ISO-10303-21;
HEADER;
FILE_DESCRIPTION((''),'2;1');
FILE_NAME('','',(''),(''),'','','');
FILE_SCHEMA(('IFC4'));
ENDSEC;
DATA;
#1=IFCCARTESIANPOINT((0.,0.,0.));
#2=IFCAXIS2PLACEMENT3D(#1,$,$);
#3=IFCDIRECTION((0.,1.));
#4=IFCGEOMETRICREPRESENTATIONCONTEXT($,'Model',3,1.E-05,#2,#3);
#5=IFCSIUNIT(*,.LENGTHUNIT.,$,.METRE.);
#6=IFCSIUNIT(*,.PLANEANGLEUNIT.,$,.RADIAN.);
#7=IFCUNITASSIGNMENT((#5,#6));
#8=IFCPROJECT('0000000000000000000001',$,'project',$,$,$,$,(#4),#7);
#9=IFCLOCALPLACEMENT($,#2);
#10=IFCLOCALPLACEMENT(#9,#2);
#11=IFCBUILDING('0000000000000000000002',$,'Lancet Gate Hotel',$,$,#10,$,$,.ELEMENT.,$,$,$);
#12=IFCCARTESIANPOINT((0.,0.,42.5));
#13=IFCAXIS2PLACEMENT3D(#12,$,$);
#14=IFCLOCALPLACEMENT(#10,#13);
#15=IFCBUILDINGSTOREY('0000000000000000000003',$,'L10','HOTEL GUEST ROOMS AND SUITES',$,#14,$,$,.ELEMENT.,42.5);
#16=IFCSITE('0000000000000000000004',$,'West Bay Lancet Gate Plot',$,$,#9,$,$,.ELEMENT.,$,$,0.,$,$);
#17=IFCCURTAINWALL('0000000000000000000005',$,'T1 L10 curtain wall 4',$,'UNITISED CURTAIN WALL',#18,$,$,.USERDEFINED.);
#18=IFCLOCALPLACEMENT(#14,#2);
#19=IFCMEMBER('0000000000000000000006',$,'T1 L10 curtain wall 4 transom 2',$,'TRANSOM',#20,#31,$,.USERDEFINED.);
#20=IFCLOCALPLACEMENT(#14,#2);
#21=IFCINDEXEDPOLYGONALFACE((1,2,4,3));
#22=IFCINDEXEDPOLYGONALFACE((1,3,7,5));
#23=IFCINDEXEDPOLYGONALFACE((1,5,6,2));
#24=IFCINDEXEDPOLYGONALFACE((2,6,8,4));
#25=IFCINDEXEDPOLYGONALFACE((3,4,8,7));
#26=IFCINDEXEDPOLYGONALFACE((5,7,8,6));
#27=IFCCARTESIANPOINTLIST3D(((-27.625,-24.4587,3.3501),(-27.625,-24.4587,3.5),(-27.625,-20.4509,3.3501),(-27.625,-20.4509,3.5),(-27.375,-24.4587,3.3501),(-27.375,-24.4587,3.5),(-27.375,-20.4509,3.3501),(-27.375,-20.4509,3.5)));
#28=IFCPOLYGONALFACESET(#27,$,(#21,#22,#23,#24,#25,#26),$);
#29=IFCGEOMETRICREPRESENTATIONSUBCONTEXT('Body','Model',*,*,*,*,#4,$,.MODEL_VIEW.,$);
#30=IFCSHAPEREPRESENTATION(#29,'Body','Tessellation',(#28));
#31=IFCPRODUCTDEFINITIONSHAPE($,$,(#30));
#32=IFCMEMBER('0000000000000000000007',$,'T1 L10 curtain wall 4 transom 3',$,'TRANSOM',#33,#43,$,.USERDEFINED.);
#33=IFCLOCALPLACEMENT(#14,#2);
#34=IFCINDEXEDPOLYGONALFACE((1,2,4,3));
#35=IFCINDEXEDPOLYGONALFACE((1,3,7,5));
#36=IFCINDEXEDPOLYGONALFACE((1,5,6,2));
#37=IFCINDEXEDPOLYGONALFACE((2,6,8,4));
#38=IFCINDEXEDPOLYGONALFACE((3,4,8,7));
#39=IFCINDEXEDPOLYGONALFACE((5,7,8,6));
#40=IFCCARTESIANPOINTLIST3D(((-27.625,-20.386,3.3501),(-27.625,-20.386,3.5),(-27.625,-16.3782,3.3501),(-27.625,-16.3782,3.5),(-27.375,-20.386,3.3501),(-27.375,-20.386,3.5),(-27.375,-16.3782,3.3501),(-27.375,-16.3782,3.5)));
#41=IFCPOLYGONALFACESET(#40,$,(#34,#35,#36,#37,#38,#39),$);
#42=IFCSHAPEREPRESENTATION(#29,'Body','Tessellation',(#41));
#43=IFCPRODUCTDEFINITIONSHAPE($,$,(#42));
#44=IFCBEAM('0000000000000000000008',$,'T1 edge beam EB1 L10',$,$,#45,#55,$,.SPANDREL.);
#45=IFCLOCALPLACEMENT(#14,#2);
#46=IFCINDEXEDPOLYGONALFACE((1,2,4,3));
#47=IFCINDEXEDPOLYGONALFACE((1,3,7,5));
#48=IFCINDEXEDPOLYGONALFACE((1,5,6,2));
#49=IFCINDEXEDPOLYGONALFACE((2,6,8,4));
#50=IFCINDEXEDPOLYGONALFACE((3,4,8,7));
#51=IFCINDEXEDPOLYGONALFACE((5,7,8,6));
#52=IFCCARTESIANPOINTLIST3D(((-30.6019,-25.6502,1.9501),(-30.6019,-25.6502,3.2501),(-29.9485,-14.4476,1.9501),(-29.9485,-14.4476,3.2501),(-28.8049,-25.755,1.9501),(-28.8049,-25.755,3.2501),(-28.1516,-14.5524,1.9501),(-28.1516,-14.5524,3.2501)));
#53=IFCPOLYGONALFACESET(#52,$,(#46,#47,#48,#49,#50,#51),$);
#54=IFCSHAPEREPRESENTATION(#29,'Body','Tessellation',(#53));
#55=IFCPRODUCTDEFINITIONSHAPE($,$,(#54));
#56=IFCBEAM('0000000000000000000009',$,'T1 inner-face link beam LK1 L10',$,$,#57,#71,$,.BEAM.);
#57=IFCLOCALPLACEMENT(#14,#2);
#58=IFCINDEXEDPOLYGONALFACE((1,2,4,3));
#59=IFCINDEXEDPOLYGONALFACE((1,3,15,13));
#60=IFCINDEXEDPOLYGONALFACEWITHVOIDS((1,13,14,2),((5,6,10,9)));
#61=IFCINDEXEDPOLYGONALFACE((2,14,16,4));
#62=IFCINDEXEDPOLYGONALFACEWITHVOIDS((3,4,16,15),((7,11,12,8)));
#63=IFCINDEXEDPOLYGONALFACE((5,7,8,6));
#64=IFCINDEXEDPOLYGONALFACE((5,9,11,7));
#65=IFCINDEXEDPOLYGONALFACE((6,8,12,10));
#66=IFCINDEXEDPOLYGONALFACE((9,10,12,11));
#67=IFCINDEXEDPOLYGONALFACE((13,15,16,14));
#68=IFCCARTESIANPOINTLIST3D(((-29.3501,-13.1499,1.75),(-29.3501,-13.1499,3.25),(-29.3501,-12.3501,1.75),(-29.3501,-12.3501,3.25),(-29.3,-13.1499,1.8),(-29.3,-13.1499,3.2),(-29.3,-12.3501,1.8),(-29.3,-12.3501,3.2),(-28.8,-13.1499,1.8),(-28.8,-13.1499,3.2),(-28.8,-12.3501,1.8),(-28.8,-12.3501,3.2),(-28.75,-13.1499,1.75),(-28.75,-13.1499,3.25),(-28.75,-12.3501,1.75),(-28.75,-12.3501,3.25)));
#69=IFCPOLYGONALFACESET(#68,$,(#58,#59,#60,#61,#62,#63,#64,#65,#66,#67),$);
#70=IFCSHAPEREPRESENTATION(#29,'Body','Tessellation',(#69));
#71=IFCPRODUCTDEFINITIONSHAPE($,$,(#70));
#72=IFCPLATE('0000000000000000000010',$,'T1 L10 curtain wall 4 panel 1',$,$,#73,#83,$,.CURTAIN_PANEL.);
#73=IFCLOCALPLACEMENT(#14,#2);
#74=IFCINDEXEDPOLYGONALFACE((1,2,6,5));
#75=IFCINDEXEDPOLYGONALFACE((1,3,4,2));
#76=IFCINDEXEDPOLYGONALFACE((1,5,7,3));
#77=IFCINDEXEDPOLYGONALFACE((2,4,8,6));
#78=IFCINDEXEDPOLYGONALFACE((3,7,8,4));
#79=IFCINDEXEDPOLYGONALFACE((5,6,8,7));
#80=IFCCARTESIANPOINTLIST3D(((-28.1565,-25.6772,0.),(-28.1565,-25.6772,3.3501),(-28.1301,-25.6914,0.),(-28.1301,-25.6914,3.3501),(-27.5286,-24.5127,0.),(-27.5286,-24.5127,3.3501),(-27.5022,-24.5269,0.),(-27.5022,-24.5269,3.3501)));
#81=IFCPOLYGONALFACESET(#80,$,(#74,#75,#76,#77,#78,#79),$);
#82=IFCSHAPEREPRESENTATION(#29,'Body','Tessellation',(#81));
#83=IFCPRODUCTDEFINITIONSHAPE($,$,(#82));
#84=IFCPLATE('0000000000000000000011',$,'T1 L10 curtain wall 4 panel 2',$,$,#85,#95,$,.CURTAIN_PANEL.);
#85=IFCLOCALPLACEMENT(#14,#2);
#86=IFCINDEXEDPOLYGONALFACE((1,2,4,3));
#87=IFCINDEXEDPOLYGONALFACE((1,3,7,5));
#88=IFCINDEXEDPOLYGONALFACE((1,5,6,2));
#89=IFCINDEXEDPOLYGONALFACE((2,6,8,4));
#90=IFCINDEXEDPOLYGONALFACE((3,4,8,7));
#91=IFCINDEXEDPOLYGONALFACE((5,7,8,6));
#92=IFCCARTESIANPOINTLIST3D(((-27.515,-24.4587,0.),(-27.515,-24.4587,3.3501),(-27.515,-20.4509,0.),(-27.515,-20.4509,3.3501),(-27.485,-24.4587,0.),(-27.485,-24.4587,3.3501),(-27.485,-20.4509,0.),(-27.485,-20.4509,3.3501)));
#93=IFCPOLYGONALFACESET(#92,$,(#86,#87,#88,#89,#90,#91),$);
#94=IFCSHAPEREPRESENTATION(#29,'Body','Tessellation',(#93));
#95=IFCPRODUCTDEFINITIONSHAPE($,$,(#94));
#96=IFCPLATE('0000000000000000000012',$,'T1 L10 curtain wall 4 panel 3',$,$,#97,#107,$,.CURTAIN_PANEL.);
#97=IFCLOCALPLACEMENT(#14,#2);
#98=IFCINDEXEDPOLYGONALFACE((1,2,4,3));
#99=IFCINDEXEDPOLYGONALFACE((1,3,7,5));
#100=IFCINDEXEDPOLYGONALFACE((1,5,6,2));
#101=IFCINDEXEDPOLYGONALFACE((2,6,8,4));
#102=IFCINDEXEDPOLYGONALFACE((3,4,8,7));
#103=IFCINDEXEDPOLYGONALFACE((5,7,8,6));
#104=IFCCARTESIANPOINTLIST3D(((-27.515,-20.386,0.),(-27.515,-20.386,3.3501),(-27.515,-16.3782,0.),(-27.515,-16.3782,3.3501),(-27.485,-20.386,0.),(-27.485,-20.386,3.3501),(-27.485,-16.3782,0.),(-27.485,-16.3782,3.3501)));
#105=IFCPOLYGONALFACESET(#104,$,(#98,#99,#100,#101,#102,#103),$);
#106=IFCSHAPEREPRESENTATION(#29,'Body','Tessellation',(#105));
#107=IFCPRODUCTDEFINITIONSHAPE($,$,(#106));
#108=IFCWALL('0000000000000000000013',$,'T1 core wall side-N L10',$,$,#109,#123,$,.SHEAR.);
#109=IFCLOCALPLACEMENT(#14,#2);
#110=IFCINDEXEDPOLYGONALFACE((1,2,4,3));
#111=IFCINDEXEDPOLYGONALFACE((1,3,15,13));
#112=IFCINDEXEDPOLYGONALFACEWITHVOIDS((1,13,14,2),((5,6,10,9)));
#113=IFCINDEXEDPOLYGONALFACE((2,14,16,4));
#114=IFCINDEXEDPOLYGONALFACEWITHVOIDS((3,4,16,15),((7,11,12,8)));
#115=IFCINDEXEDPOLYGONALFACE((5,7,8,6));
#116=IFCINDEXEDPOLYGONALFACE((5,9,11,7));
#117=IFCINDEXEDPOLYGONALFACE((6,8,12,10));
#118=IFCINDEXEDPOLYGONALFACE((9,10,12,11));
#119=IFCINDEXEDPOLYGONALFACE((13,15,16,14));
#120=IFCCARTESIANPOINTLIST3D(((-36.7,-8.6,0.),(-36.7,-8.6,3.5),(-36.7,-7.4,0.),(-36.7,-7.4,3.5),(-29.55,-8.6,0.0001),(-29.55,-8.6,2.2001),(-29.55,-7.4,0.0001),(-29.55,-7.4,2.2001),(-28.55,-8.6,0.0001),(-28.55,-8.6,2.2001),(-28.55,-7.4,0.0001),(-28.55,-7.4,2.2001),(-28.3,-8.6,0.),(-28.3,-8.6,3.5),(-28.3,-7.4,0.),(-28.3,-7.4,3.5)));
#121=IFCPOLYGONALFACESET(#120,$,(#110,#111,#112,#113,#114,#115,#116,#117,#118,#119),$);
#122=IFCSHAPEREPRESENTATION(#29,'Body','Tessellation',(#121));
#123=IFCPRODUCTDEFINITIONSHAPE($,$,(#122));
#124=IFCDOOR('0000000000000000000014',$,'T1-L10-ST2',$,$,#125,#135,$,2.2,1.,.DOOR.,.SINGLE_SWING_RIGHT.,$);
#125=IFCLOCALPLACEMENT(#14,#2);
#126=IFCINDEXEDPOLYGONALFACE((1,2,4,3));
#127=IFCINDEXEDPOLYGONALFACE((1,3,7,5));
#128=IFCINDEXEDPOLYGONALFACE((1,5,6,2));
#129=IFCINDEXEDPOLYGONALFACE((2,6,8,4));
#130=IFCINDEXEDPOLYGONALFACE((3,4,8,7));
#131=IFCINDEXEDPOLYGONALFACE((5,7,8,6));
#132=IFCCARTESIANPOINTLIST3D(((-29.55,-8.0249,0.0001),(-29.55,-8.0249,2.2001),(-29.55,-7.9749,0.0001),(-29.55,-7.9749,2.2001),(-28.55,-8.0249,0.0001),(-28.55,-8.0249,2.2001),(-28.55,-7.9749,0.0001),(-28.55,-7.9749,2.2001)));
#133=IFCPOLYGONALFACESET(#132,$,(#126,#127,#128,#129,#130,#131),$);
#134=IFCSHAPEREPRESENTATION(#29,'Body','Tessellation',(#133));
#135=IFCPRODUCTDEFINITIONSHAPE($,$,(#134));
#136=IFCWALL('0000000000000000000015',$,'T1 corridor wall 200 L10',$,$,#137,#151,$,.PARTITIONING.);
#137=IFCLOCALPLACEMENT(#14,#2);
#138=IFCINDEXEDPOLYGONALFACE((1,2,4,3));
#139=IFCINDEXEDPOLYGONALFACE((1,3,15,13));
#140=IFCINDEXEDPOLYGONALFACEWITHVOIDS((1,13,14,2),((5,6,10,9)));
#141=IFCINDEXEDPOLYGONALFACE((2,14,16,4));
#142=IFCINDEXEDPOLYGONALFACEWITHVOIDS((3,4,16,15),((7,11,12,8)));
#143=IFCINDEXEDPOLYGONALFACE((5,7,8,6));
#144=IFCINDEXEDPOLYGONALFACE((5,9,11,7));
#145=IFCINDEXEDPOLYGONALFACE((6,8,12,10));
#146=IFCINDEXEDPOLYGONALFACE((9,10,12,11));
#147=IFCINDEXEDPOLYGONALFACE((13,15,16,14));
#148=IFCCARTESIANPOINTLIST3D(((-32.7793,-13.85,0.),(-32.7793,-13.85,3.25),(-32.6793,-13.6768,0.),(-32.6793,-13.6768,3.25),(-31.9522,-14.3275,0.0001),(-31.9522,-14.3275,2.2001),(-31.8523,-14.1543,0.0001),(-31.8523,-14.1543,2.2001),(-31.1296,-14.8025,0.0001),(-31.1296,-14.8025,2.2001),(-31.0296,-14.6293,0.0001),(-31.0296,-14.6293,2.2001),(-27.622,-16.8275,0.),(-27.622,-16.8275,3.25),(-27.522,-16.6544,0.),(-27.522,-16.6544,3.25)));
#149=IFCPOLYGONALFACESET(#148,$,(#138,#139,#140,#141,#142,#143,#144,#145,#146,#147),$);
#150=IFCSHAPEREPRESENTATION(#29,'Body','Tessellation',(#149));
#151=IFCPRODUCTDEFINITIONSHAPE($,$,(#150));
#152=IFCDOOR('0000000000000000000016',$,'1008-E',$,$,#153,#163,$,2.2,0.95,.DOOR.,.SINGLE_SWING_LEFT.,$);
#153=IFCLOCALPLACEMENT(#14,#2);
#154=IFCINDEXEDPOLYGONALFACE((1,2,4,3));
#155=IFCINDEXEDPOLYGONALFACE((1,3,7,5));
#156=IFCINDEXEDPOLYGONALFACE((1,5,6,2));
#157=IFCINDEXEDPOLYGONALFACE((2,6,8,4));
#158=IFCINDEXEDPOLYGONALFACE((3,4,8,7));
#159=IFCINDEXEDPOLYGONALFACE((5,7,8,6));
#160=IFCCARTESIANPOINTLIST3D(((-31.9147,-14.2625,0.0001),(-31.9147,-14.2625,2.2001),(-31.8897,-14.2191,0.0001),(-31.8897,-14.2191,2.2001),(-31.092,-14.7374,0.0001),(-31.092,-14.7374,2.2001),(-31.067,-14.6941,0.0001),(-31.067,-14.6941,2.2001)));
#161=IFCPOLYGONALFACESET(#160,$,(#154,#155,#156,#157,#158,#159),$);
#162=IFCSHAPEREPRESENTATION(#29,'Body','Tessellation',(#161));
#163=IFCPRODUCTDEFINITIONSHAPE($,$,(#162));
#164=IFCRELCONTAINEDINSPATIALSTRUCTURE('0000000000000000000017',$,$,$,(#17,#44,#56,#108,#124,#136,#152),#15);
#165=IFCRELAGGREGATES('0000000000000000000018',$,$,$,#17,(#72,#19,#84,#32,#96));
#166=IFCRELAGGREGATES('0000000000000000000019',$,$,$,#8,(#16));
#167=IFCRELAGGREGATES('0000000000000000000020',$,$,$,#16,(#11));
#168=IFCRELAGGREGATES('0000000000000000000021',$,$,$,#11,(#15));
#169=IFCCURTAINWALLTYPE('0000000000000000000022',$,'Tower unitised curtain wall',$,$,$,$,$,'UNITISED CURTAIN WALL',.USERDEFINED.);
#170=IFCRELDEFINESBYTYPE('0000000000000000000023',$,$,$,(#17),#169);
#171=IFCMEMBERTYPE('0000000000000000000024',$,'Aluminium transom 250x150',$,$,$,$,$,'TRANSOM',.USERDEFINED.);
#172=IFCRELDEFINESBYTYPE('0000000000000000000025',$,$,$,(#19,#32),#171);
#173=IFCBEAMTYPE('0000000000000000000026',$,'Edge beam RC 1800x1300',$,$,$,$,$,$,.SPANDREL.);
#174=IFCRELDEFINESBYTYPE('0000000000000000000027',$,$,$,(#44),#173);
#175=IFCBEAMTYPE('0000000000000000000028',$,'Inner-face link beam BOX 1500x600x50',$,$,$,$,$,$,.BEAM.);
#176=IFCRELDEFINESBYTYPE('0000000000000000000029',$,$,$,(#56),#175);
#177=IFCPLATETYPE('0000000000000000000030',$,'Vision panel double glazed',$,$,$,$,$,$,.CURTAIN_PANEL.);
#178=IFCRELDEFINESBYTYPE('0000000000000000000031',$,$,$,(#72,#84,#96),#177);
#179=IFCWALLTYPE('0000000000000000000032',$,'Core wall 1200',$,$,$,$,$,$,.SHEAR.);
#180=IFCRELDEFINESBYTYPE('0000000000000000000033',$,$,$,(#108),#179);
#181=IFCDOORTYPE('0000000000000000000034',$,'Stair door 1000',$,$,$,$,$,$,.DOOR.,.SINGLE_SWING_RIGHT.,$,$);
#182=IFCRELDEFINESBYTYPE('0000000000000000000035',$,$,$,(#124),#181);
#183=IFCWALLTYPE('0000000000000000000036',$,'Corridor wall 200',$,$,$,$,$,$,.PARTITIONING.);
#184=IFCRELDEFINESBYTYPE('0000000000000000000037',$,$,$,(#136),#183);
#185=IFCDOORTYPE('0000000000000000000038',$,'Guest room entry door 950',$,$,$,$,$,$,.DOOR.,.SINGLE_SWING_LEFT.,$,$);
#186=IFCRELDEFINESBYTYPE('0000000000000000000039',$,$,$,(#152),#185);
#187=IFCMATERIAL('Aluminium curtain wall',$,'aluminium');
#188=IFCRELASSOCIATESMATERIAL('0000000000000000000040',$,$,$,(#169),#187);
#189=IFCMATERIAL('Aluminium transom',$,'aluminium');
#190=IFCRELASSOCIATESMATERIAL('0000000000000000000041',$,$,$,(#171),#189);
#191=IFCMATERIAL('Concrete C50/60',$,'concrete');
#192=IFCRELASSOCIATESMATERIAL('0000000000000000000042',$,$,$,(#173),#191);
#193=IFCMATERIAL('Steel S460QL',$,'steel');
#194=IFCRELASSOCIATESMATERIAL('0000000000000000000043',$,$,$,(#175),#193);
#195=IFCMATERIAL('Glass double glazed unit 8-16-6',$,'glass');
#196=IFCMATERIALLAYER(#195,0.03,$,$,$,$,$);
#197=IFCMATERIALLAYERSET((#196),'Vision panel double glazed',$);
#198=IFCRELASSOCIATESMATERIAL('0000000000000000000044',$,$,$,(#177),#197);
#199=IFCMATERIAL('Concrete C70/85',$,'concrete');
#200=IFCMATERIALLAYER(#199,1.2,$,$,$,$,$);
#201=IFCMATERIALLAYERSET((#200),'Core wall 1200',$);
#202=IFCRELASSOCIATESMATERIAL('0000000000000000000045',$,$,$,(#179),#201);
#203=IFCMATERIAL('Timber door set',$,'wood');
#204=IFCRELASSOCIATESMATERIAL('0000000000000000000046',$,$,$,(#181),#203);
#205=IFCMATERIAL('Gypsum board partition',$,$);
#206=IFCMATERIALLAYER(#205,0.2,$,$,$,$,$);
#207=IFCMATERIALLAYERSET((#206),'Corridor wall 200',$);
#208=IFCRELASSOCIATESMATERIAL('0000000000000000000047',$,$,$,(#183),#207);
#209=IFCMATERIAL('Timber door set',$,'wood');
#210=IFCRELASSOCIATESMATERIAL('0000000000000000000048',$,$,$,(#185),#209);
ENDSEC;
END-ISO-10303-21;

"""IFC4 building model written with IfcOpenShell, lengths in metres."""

from ifc_helpers import new_model, si_unit, direction, frame, frame_2d, origin, origin_2d, place, context, subcontext, project, spatial, rectangle, hollow_rectangle, extrude, material, layer, layer_set, material_profile, profile_set, type_object, element, fill, aggregate, save


model = new_model("IFC4")

# Units and contexts
model_context = context("Model", 3, precision=1e-05, world=origin(), true_north=direction((0.0, 1.0)))
body_context = subcontext(model_context, "Body", "Model", "MODEL_VIEW")
ifc_project = project(units=[si_unit("LENGTHUNIT", "METRE"), si_unit("PLANEANGLEUNIT", "RADIAN")], contexts=[model_context])

# Site, building, storey
site_placement = place(None, origin())
site = spatial("IfcSite", under=ifc_project, at=site_placement, Name="West Bay Lancet Gate Plot", CompositionType="ELEMENT", RefElevation=0.0)
building_placement = place(site_placement, origin())
building = spatial("IfcBuilding", under=site, at=building_placement, Name="Lancet Gate Hotel", CompositionType="ELEMENT")
storey_placement = place(building_placement, frame((0.0, 0.0, 42.5)))
storey = spatial("IfcBuildingStorey", under=building, at=storey_placement, Name="L10", Description="HOTEL GUEST ROOMS AND SUITES", CompositionType="ELEMENT", Elevation=42.5)

# Curtain wall, members
ifc_material_1 = material(Name="Aluminium curtain wall", Category="aluminium")
curtain_wall_type = type_object("IfcCurtainWallType", Name="Tower unitised curtain wall", ElementType="UNITISED CURTAIN WALL", PredefinedType="USERDEFINED", material=ifc_material_1)
curtain_wall_placement = place(storey_placement, origin())
curtain_wall = element("IfcCurtainWall", 1, at=curtain_wall_placement, inside=storey, type_object=curtain_wall_type, Name="T1 L10 curtain wall 4", ObjectType="UNITISED CURTAIN WALL", PredefinedType="USERDEFINED")
ifc_material_2 = material(Name="Aluminium transom", Category="aluminium")
ifc_material_profile_1 = material_profile(ifc_material_2, rectangle(XDim=0.25, YDim=0.1499, at=origin_2d()), Name="TRANSOM 250x150")
ifc_profile_set_1 = profile_set([ifc_material_profile_1], Name="Aluminium transom")
member_type_1 = type_object("IfcMemberType", Name="Aluminium transom 250x150", ElementType="TRANSOM", PredefinedType="USERDEFINED", material=ifc_profile_set_1)
member_1_placement = place(storey_placement, frame((-27.5, -24.4587, 3.425), z_axis=(0.0, 1.0, 0.0), x_axis=(-1.0, 0.0, 0.0)))
member_1 = element("IfcMember", 2, at=member_1_placement, type_object=member_type_1, Name="T1 L10 curtain wall 4 transom 2", ObjectType="TRANSOM", PredefinedType="USERDEFINED", context=body_context, shape_type="SweptSolid", body=[
    extrude(rectangle(XDim=0.25, YDim=0.1499, at=origin_2d()), origin(), (0.0, 0.0, 1.0), 4.0078),
])
member_2_placement = place(storey_placement, frame((-27.5, -20.386, 3.425), z_axis=(0.0, 1.0, 0.0), x_axis=(-1.0, 0.0, 0.0)))
member_2 = element("IfcMember", 3, at=member_2_placement, type_object=member_type_1, Name="T1 L10 curtain wall 4 transom 3", ObjectType="TRANSOM", PredefinedType="USERDEFINED", context=body_context, shape_type="SweptSolid", body=[
    extrude(rectangle(XDim=0.25, YDim=0.1499, at=origin_2d()), origin(), (0.0, 0.0, 1.0), 4.0078),
])

# Beams
ifc_material_3 = material(Name="Concrete C50/60", Category="concrete")
ifc_material_profile_2 = material_profile(ifc_material_3, rectangle(XDim=1.8, YDim=1.3, at=origin_2d()), Name="RC 1800x1300")
ifc_profile_set_2 = profile_set([ifc_material_profile_2], Name="Concrete C50/60")
beam_type_1 = type_object("IfcBeamType", Name="Edge beam RC 1800x1300", PredefinedType="SPANDREL", material=ifc_profile_set_2)
beam_1_placement = place(storey_placement, frame((-29.05, -14.5, 2.6001), z_axis=(-0.05822, -0.998304, 0.0), x_axis=(0.998304, -0.05822, 0.0)))
element("IfcBeam", 4, at=beam_1_placement, inside=storey, type_object=beam_type_1, Name="T1 edge beam EB1 L10", PredefinedType="SPANDREL", context=body_context, shape_type="SweptSolid", body=[
    extrude(rectangle(XDim=1.8, YDim=1.3, at=origin_2d()), origin(), (0.0, 0.0, 1.0), 11.2217),
])
ifc_material_4 = material(Name="Steel S460QL", Category="steel")
ifc_material_profile_3 = material_profile(ifc_material_4, hollow_rectangle(XDim=0.6001, YDim=1.5, WallThickness=0.05, at=origin_2d()), Name="BOX 1500x600x50")
ifc_profile_set_3 = profile_set([ifc_material_profile_3], Name="Steel S460QL")
beam_type_2 = type_object("IfcBeamType", Name="Inner-face link beam BOX 1500x600x50", PredefinedType="BEAM", material=ifc_profile_set_3)
beam_2_placement = place(storey_placement, frame((-29.05, -12.3501, 2.5), z_axis=(0.0, -1.0, 0.0), x_axis=(1.0, 0.0, 0.0)))
element("IfcBeam", 5, at=beam_2_placement, inside=storey, type_object=beam_type_2, Name="T1 inner-face link beam LK1 L10", PredefinedType="BEAM", context=body_context, shape_type="SweptSolid", body=[
    extrude(hollow_rectangle(XDim=0.6001, YDim=1.5, WallThickness=0.05, at=origin_2d()), origin(), (0.0, 0.0, 1.0), 0.7998),
])

# Plates
ifc_material_5 = material(Name="Glass double glazed unit 8-16-6", Category="glass")
ifc_layer_1 = layer(ifc_material_5, 0.03)
ifc_layer_set_1 = layer_set([ifc_layer_1], Name="Vision panel double glazed")
plate_type = type_object("IfcPlateType", Name="Vision panel double glazed", PredefinedType="CURTAIN_PANEL", material=ifc_layer_set_1)
plate_1_placement = place(storey_placement, frame((-27.8293, -25.1021, 0.0), z_axis=(0.0, 0.0, 1.0), x_axis=(0.474631, 0.880185, 0.0)))
plate_1 = element("IfcPlate", 6, at=plate_1_placement, type_object=plate_type, Name="T1 L10 curtain wall 4 panel 1", PredefinedType="CURTAIN_PANEL", context=body_context, shape_type="SweptSolid", body=[
    extrude(rectangle(XDim=1.323, YDim=0.03, at=origin_2d()), origin(), (0.0, 0.0, 1.0), 3.3501),
])
plate_2_placement = place(storey_placement, frame((-27.5, -22.4548, 0.0), z_axis=(0.0, 0.0, 1.0), x_axis=(0.0, 1.0, 0.0)))
plate_2 = element("IfcPlate", 7, at=plate_2_placement, type_object=plate_type, Name="T1 L10 curtain wall 4 panel 2", PredefinedType="CURTAIN_PANEL", context=body_context, shape_type="SweptSolid", body=[
    extrude(rectangle(XDim=4.0078, YDim=0.03, at=origin_2d()), origin(), (0.0, 0.0, 1.0), 3.3501),
])
plate_3_placement = place(storey_placement, frame((-27.5, -18.3821, 0.0), z_axis=(0.0, 0.0, 1.0), x_axis=(0.0, 1.0, 0.0)))
plate_3 = element("IfcPlate", 8, at=plate_3_placement, type_object=plate_type, Name="T1 L10 curtain wall 4 panel 3", PredefinedType="CURTAIN_PANEL", context=body_context, shape_type="SweptSolid", body=[
    extrude(rectangle(XDim=4.0078, YDim=0.03, at=origin_2d()), origin(), (0.0, 0.0, 1.0), 3.3501),
])
aggregate(curtain_wall, [plate_1, member_1, plate_2, member_2, plate_3])

# Walls, openings, doors
ifc_material_6 = material(Name="Concrete C70/85", Category="concrete")
ifc_layer_2 = layer(ifc_material_6, 1.2)
ifc_layer_set_2 = layer_set([ifc_layer_2], Name="Core wall 1200")
wall_type_1 = type_object("IfcWallType", Name="Core wall 1200", PredefinedType="SHEAR", material=ifc_layer_set_2)
wall_1_placement = place(storey_placement, frame((-28.3, -8.0, 0.0), z_axis=(0.0, 0.0, 1.0), x_axis=(-1.0, 0.0, 0.0)))
wall_1 = element("IfcWall", 9, at=wall_1_placement, inside=storey, type_object=wall_type_1, Name="T1 core wall side-N L10", PredefinedType="SHEAR", context=body_context, shape_type="SweptSolid", body=[
    extrude(rectangle(XDim=8.3999, YDim=1.2, at=frame_2d((4.2, 0.0))), origin(), (0.0, 0.0, 1.0), 3.5),
])
opening_1_placement = place(wall_1_placement, frame((0.25, 0.0, 0.0)))
opening_1 = element("IfcOpeningElement", 10, at=opening_1_placement, cuts=wall_1, PredefinedType="OPENING", context=body_context, shape_type="SweptSolid", body=[
    extrude(rectangle(XDim=1.0, YDim=2.2, at=frame_2d((0.5, 1.1001))), frame((0.0, 0.6099, 0.0), z_axis=(0.0, -1.0, 0.0), x_axis=(1.0, 0.0, 0.0)), (0.0, 0.0, 1.0), 1.22),
])
ifc_material_7 = material(Name="Timber door set", Category="wood")
door_type_1 = type_object("IfcDoorType", Name="Stair door 1000", OperationType="SINGLE_SWING_RIGHT", PredefinedType="DOOR", material=ifc_material_7)
door_1_placement = place(opening_1_placement, origin())
door_1 = element("IfcDoor", 11, at=door_1_placement, inside=storey, type_object=door_type_1, Name="T1-L10-ST2", OperationType="SINGLE_SWING_RIGHT", OverallHeight=2.2, OverallWidth=1.0, PredefinedType="DOOR", context=body_context, shape_type="SweptSolid", body=[
    extrude(rectangle(XDim=1.0, YDim=2.2, at=frame_2d((0.5, 1.1001))), frame((0.0, 0.0249, 0.0), z_axis=(0.0, -1.0, 0.0), x_axis=(1.0, 0.0, 0.0)), (0.0, 0.0, 1.0), 0.05),
])
fill(opening_1, door_1)
ifc_material_8 = material(Name="Gypsum board partition")
ifc_layer_3 = layer(ifc_material_8, 0.2)
ifc_layer_set_3 = layer_set([ifc_layer_3], Name="Corridor wall 200")
wall_type_2 = type_object("IfcWallType", Name="Corridor wall 200", PredefinedType="PARTITIONING", material=ifc_layer_set_3)
wall_2_placement = place(storey_placement, frame((-27.572, -16.741, 0.0), z_axis=(0.0, 0.0, 1.0), x_axis=(-0.866024, 0.500002, 0.0)))
wall_2 = element("IfcWall", 12, at=wall_2_placement, inside=storey, type_object=wall_type_2, Name="T1 corridor wall 200 L10", PredefinedType="PARTITIONING", context=body_context, shape_type="SweptSolid", body=[
    extrude(rectangle(XDim=5.9551, YDim=0.2, at=frame_2d((2.9775, 0.0))), origin(), (0.0, 0.0, 1.0), 3.25),
])
opening_2_placement = place(wall_2_placement, frame((4.05, 0.0, 0.0)))
opening_2 = element("IfcOpeningElement", 13, at=opening_2_placement, cuts=wall_2, PredefinedType="OPENING", context=body_context, shape_type="SweptSolid", body=[
    extrude(rectangle(XDim=0.95, YDim=2.2, at=frame_2d((0.4751, 1.1001))), frame((0.0, 0.1099, 0.0), z_axis=(0.0, -1.0, 0.0), x_axis=(1.0, 0.0, 0.0)), (0.0, 0.0, 1.0), 0.22),
])
ifc_material_9 = material(Name="Timber door set", Category="wood")
door_type_2 = type_object("IfcDoorType", Name="Guest room entry door 950", OperationType="SINGLE_SWING_LEFT", PredefinedType="DOOR", material=ifc_material_9)
door_2_placement = place(opening_2_placement, origin())
door_2 = element("IfcDoor", 14, at=door_2_placement, inside=storey, type_object=door_type_2, Name="1008-E", OperationType="SINGLE_SWING_LEFT", OverallHeight=2.2, OverallWidth=0.95, PredefinedType="DOOR", context=body_context, shape_type="SweptSolid", body=[
    extrude(rectangle(XDim=0.95, YDim=2.2, at=frame_2d((0.4751, 1.1001))), frame((0.0, 0.0249, 0.0), z_axis=(0.0, -1.0, 0.0), x_axis=(1.0, 0.0, 0.0)), (0.0, 0.0, 1.0), 0.05),
])
fill(opening_2, door_2)

save(model, "model.ifc")
